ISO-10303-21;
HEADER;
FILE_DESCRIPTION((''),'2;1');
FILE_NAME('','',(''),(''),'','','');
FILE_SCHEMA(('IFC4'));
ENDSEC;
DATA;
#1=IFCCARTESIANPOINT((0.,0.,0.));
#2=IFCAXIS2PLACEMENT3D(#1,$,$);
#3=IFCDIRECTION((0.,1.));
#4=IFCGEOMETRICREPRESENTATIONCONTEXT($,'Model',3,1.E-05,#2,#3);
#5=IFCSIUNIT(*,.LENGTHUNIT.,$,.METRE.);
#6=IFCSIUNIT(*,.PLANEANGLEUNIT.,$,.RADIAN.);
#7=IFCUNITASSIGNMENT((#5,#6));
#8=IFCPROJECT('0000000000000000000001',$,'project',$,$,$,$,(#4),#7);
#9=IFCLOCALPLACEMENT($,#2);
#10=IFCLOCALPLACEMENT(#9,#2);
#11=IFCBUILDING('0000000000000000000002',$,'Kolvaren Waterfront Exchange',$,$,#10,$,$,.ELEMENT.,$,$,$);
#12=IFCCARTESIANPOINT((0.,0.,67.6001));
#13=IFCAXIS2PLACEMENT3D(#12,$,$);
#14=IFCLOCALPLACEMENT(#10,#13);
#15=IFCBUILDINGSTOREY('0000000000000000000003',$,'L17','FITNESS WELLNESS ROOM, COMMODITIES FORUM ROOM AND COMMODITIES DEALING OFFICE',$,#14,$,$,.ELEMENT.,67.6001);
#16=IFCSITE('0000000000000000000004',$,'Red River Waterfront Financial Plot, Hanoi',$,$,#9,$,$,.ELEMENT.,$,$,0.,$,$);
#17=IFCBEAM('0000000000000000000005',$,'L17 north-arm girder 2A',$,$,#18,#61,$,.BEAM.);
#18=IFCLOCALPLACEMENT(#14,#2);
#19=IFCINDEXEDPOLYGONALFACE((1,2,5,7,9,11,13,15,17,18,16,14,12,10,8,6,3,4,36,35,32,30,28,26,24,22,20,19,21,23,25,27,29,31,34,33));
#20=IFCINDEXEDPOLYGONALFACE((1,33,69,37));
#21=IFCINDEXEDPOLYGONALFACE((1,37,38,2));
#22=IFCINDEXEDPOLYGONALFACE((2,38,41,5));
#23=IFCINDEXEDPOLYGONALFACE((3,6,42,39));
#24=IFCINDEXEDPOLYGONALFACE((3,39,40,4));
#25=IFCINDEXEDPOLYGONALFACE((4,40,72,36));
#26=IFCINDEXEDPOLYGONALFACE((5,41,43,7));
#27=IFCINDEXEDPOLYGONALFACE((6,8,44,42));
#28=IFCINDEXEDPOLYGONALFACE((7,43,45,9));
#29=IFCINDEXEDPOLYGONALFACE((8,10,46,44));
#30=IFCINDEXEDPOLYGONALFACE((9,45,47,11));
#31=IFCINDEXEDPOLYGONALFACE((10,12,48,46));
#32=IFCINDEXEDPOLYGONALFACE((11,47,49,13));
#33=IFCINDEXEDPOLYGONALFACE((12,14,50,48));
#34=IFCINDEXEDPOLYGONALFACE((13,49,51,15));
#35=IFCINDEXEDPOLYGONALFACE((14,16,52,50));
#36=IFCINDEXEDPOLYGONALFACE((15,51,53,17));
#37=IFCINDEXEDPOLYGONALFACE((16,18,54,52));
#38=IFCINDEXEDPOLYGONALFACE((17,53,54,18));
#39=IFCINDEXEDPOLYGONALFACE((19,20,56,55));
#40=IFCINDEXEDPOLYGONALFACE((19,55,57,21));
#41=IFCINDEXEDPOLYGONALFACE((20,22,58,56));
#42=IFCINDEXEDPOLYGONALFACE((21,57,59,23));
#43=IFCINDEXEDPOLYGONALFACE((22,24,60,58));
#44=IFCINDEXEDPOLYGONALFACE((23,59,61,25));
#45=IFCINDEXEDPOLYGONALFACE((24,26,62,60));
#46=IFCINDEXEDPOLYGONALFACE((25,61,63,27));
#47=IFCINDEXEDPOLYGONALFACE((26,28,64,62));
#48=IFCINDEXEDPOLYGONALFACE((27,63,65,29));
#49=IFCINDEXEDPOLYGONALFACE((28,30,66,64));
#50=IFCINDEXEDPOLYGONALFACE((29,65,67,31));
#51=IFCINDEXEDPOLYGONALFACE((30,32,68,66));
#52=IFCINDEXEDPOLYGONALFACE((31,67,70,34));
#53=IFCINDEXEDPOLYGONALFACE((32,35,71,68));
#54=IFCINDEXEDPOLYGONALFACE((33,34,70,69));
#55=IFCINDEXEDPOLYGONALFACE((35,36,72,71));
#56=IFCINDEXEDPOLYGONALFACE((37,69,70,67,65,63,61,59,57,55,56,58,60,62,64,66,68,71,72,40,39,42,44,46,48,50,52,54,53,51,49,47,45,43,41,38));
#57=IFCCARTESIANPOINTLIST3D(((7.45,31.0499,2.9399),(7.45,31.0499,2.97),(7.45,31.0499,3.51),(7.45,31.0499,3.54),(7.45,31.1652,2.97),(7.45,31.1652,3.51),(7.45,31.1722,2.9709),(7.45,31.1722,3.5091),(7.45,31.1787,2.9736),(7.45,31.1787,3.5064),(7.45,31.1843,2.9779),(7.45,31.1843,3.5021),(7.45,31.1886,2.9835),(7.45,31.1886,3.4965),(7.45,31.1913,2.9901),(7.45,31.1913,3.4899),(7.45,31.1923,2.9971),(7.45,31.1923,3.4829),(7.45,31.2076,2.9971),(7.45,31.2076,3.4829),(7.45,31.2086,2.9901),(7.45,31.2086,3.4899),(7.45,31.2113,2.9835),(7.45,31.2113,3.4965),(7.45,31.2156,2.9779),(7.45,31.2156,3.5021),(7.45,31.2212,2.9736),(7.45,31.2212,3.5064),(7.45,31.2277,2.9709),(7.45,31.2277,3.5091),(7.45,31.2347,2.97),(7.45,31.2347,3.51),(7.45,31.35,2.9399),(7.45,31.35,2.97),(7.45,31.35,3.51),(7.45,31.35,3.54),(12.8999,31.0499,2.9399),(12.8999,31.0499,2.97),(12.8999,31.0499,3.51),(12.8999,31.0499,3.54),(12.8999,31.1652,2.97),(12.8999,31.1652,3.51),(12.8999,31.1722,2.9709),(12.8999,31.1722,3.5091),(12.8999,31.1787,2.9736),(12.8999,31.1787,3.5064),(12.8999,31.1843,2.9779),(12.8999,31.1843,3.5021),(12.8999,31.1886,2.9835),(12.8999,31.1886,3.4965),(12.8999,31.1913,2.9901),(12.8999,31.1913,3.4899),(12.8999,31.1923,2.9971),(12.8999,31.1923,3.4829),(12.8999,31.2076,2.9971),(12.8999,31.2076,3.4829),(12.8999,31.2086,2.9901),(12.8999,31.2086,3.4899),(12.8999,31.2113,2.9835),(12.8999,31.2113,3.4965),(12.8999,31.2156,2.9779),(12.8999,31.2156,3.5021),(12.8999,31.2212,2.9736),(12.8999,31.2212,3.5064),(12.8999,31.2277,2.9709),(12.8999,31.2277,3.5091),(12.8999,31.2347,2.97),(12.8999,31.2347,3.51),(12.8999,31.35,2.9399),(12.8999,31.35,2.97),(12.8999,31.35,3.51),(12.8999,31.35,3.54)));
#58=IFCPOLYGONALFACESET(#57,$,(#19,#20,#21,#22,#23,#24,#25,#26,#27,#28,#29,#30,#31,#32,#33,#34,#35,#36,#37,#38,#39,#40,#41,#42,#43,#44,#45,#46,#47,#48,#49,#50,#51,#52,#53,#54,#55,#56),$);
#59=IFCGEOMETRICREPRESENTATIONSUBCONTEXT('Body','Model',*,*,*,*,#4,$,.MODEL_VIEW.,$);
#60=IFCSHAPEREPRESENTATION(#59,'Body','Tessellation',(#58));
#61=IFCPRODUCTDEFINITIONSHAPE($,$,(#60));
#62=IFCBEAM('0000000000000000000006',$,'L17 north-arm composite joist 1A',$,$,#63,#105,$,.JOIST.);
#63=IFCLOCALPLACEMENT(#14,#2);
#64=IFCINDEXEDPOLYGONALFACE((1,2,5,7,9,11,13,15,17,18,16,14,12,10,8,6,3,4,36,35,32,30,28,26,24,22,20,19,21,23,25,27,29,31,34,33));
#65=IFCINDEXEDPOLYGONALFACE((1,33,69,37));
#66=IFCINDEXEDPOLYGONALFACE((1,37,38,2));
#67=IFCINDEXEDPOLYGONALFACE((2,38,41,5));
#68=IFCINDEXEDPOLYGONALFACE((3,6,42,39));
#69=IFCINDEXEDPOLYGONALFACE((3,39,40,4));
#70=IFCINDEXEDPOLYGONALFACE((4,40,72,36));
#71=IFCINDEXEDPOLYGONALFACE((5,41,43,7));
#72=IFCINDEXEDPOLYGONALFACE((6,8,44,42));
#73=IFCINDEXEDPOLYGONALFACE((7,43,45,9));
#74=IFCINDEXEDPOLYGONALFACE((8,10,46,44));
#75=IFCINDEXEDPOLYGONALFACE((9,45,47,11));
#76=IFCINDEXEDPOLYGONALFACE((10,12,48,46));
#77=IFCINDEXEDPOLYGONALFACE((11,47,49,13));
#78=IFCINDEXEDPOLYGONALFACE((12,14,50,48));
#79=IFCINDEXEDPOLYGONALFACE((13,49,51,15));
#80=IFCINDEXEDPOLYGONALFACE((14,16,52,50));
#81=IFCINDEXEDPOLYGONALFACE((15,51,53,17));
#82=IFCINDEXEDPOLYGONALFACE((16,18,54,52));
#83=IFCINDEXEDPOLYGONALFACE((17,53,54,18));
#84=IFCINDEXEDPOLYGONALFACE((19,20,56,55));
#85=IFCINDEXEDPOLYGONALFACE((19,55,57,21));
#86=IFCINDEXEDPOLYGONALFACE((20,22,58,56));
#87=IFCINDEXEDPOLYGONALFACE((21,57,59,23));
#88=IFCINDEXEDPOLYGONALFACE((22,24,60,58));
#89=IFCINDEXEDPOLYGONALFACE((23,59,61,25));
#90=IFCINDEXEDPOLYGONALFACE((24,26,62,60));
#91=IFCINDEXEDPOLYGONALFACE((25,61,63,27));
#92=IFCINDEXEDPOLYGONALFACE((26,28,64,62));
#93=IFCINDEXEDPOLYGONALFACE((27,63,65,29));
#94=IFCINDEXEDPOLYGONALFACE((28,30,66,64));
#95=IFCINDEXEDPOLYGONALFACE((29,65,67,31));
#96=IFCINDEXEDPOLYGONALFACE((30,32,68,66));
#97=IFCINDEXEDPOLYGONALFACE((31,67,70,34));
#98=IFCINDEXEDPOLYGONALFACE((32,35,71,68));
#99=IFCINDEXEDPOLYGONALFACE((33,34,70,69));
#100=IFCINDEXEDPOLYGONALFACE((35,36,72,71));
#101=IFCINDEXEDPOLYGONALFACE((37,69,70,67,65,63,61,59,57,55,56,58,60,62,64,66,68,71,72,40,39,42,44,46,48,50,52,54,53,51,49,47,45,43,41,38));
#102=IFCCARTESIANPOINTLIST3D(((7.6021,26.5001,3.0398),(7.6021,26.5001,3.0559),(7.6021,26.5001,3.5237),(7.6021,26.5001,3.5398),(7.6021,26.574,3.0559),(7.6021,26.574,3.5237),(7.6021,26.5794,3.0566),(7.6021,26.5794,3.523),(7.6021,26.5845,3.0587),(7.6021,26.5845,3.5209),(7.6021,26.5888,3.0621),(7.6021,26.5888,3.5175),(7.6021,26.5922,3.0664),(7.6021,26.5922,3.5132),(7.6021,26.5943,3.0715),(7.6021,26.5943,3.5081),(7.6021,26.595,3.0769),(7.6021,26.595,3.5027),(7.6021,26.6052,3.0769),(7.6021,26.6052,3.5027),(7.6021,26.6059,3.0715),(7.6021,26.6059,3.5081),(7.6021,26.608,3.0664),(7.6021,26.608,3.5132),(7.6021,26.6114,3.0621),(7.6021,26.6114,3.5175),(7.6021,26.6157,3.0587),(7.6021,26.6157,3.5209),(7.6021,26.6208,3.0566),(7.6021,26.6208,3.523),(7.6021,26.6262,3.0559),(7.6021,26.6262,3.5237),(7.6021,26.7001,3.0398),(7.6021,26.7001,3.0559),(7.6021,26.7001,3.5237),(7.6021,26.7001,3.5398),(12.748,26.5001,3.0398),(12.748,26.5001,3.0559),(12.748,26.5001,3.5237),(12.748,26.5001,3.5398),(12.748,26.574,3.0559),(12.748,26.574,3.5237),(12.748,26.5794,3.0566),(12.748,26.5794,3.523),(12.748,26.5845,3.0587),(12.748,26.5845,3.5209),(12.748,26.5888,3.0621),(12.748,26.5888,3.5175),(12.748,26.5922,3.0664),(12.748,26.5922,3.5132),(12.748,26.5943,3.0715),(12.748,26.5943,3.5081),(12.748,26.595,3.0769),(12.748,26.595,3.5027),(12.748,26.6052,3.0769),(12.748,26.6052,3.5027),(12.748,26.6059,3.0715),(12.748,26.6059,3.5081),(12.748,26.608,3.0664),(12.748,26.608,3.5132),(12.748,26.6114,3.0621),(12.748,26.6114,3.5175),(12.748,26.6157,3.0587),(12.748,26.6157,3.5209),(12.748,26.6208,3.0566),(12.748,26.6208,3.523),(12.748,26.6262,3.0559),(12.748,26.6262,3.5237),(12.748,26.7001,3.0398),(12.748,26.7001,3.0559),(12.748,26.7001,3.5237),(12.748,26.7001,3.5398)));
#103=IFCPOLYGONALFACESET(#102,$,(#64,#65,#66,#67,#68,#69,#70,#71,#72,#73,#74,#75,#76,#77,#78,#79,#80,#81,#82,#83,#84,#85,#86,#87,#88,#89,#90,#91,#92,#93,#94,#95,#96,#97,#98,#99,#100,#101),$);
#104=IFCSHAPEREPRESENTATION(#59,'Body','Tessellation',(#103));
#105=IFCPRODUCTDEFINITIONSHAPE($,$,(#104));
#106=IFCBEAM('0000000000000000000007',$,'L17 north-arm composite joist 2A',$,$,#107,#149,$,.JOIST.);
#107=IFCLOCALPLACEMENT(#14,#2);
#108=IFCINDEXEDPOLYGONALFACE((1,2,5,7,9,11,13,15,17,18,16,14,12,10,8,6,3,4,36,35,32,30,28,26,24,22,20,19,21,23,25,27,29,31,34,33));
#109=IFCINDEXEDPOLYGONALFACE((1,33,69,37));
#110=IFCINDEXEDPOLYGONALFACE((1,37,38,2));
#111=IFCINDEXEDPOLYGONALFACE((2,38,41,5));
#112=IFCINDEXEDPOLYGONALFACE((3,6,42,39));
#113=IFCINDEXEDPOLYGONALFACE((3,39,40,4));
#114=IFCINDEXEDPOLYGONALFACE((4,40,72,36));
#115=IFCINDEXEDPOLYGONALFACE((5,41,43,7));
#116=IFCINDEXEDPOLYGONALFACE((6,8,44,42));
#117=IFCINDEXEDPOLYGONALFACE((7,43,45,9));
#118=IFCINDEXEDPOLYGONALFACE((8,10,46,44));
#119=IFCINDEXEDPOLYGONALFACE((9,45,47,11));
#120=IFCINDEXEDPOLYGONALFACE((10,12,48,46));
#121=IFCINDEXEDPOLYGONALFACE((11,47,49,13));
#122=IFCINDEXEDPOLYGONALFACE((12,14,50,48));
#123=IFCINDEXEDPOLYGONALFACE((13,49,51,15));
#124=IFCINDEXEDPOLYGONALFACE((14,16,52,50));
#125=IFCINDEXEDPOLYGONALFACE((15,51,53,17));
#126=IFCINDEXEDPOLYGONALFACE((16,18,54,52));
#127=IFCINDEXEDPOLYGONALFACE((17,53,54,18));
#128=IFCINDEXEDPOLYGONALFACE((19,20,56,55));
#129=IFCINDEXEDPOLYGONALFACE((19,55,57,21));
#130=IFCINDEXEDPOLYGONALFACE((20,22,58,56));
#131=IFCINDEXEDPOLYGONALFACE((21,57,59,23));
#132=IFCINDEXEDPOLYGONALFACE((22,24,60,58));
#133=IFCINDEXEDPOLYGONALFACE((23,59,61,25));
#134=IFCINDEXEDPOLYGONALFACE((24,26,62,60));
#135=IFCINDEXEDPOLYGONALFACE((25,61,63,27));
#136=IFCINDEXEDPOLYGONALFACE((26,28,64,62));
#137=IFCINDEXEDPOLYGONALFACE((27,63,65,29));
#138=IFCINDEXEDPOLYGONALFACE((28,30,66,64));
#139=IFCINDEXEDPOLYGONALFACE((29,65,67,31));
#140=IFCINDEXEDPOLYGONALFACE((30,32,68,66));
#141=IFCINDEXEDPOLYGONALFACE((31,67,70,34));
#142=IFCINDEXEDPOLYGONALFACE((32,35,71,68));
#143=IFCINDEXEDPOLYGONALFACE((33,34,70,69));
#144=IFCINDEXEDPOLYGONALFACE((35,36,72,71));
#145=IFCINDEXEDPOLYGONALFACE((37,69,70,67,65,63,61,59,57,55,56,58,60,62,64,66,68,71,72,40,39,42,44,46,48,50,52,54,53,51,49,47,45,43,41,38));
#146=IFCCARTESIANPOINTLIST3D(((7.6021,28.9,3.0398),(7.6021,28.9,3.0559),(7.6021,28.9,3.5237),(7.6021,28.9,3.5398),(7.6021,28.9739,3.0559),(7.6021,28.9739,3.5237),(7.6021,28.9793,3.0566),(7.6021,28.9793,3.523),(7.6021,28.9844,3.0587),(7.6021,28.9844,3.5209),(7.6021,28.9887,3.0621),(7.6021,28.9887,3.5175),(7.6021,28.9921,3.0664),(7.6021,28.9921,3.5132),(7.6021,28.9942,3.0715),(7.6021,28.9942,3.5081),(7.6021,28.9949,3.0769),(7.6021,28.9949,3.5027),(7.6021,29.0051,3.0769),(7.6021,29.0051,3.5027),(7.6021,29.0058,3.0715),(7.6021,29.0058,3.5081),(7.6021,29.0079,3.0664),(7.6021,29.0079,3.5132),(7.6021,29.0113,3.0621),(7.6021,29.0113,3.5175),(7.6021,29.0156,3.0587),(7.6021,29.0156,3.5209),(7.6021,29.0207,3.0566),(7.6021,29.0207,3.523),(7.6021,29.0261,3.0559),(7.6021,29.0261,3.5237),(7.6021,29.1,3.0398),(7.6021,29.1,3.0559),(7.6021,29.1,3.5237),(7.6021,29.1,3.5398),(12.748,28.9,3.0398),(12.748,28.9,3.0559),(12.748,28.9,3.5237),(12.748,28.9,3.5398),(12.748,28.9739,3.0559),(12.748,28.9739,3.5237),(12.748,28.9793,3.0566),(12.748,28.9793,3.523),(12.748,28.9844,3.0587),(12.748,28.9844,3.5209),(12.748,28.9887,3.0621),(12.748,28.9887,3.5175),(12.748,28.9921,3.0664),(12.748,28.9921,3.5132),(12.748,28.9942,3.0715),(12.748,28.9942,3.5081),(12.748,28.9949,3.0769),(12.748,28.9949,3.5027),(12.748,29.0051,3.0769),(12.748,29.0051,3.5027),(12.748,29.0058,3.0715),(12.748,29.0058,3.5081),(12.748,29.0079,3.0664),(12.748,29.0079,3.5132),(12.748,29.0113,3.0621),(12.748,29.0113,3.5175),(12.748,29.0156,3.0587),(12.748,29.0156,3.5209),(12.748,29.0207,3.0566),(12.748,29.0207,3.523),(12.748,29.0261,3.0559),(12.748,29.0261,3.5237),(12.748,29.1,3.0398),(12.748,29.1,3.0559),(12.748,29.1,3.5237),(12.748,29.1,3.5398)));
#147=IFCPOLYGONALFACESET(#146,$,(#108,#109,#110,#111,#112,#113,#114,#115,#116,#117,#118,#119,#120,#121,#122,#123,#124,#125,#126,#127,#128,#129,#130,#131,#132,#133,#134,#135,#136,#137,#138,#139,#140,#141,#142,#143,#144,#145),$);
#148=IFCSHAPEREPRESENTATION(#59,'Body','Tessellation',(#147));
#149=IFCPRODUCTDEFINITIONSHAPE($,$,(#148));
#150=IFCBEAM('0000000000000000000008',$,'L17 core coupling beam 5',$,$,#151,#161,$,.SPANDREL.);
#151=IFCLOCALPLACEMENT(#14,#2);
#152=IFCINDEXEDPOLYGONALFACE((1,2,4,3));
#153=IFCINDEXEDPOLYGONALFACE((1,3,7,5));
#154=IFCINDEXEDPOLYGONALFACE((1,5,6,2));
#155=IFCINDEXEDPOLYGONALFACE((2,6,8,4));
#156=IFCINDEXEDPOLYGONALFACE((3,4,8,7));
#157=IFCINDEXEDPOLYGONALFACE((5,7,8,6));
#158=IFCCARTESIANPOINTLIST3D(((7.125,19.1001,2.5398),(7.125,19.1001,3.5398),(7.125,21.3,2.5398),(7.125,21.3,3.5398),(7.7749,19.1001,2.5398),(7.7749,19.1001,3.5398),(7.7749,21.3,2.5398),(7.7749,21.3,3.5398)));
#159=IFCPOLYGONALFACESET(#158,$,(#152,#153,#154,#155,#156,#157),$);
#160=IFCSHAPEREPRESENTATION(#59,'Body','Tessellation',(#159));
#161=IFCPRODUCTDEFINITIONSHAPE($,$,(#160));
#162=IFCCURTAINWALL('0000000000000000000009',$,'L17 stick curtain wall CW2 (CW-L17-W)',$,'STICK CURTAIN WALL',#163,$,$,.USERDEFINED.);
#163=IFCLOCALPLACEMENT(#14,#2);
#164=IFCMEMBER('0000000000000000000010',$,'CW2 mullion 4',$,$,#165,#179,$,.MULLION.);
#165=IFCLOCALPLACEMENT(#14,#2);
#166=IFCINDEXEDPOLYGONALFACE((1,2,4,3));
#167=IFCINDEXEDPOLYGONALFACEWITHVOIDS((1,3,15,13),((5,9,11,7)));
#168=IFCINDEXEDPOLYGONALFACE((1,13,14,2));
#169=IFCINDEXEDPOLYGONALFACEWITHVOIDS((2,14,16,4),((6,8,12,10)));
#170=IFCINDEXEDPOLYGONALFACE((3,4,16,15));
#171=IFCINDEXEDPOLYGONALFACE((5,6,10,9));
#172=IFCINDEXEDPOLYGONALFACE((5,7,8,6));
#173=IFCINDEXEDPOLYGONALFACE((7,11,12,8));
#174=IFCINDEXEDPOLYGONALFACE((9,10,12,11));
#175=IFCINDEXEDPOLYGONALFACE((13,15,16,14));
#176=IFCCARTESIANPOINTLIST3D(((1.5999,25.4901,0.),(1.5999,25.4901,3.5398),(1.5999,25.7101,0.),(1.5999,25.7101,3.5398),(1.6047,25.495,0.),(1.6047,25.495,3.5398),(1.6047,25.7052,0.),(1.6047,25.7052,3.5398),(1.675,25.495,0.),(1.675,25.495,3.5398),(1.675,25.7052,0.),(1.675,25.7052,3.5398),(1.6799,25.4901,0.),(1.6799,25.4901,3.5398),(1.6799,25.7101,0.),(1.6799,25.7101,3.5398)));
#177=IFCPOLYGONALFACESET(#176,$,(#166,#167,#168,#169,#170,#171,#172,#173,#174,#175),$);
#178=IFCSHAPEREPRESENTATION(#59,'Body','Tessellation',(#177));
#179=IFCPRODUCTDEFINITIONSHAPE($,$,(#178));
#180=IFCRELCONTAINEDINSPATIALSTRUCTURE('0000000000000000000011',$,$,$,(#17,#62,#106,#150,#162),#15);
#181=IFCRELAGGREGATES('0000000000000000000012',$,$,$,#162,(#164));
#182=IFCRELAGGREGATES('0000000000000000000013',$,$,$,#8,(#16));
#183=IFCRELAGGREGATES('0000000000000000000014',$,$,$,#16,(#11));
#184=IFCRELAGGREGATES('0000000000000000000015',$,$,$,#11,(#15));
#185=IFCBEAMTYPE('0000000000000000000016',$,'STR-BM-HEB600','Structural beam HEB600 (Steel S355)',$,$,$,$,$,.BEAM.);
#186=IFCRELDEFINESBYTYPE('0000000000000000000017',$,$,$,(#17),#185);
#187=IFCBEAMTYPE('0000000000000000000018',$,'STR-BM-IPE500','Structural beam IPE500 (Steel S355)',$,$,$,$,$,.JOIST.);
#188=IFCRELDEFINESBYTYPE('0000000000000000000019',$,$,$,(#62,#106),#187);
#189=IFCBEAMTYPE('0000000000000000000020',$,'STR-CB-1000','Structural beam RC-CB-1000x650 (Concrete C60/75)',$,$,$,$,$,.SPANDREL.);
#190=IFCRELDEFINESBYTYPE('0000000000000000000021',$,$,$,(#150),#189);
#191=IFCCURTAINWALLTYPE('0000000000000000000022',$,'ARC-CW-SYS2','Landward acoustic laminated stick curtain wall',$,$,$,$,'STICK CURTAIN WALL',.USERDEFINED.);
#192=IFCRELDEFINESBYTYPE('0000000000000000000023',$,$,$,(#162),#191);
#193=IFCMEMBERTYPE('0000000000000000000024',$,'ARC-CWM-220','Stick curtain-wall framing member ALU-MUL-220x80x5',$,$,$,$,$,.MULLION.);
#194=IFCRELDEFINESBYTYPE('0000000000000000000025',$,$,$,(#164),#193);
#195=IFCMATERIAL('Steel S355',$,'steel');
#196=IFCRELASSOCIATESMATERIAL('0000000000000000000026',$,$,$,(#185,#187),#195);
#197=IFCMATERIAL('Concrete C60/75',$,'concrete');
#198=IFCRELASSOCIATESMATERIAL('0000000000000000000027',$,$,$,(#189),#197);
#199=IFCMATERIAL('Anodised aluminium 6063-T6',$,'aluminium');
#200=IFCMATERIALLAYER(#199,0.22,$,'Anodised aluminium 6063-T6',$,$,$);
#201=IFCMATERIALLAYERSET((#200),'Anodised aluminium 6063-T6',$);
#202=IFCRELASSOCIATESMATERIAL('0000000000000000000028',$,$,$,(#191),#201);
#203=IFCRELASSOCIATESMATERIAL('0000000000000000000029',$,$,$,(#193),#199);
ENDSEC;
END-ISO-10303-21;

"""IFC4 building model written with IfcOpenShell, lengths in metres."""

from ifc_helpers import new_model, si_unit, direction, frame, origin, origin_with_axes, origin_2d, place, context, subcontext, project, spatial, rectangle, hollow_rectangle, i_section, extrude, source, transform, mapped, material, layer, layer_set, material_profile, profile_set, type_object, element, aggregate, save


model = new_model("IFC4")

# Units and contexts
model_context = context("Model", 3, precision=1e-05, world=origin(), true_north=direction((0.0, 1.0)))
body_context = subcontext(model_context, "Body", "Model", "MODEL_VIEW")
ifc_project = project(units=[si_unit("LENGTHUNIT", "METRE"), si_unit("PLANEANGLEUNIT", "RADIAN")], contexts=[model_context])

# Site, building, storey
site_placement = place(None, origin())
site = spatial("IfcSite", under=ifc_project, at=site_placement, Name="Red River Waterfront Financial Plot, Hanoi", CompositionType="ELEMENT", RefElevation=0.0)
building_placement = place(site_placement, origin())
building = spatial("IfcBuilding", under=site, at=building_placement, Name="Kolvaren Waterfront Exchange", CompositionType="ELEMENT")
storey_placement = place(building_placement, frame((0.0, 0.0, 67.6001)))
storey = spatial("IfcBuildingStorey", under=building, at=storey_placement, Name="L17", Description="FITNESS WELLNESS ROOM, COMMODITIES FORUM ROOM AND COMMODITIES DEALING OFFICE", CompositionType="ELEMENT", Elevation=67.6001)

# Beams
ifc_material_1 = material(Name="Steel S355", Category="steel")
ifc_material_profile_1 = material_profile(ifc_material_1, i_section(OverallWidth=0.3, OverallDepth=0.6001, WebThickness=0.0154, FlangeThickness=0.03, FilletRadius=0.0271, at=origin_2d()), Name="HEB600")
ifc_profile_set_1 = profile_set([ifc_material_profile_1], Name="Steel S355")
beam_type_1 = type_object("IfcBeamType", Name="STR-BM-HEB600", Description="Structural beam HEB600 (Steel S355)", PredefinedType="BEAM", material=ifc_profile_set_1)
for number, where, z_axis, x_axis, name in (
    (1, (7.45, 31.2, 3.24), (1.0, 0.0, 0.0), (0.0, 1.0, 0.0), "L17 north-arm girder 2A"),
):
    element("IfcBeam", number, at=place(storey_placement, frame(where, z_axis=z_axis, x_axis=x_axis)), inside=storey, type_object=beam_type_1, Name=name, PredefinedType="BEAM", context=body_context, shape_type="SweptSolid", body=[
        extrude(i_section(OverallWidth=0.3, OverallDepth=0.6001, WebThickness=0.0154, FlangeThickness=0.03, FilletRadius=0.0271, at=origin_2d()), origin(), (0.0, 0.0, 1.0), 5.45),
    ])
ifc_material_profile_2 = material_profile(ifc_material_1, i_section(OverallWidth=0.2, OverallDepth=0.5, WebThickness=0.0103, FlangeThickness=0.0161, FilletRadius=0.021, at=origin_2d()), Name="IPE500")
ifc_profile_set_2 = profile_set([ifc_material_profile_2], Name="Steel S355")
beam_type_2 = type_object("IfcBeamType", Name="STR-BM-IPE500", Description="Structural beam IPE500 (Steel S355)", PredefinedType="JOIST", material=ifc_profile_set_2)
for number, where, z_axis, x_axis, name in (
    (2, (7.6021, 26.6001, 3.2898), (1.0, 0.0, 0.0), (0.0, 1.0, 0.0), "L17 north-arm composite joist 1A"),
    (3, (7.6021, 29.0, 3.2898), (1.0, 0.0, 0.0), (0.0, 1.0, 0.0), "L17 north-arm composite joist 2A"),
):
    element("IfcBeam", number, at=place(storey_placement, frame(where, z_axis=z_axis, x_axis=x_axis)), inside=storey, type_object=beam_type_2, Name=name, PredefinedType="JOIST", context=body_context, shape_type="SweptSolid", body=[
        extrude(i_section(OverallWidth=0.2, OverallDepth=0.5, WebThickness=0.0103, FlangeThickness=0.0161, FilletRadius=0.021, at=origin_2d()), origin(), (0.0, 0.0, 1.0), 5.146),
    ])
ifc_material_2 = material(Name="Concrete C60/75", Category="concrete")
ifc_material_profile_3 = material_profile(ifc_material_2, rectangle(XDim=0.6499, YDim=1.0, at=origin_2d()), Name="RC-CB-1000x650")
ifc_profile_set_3 = profile_set([ifc_material_profile_3], Name="Concrete C60/75")
beam_type_3 = type_object("IfcBeamType", Name="STR-CB-1000", Description="Structural beam RC-CB-1000x650 (Concrete C60/75)", PredefinedType="SPANDREL", material=ifc_profile_set_3)
beam_1_placement = place(storey_placement, frame((7.45, 19.1001, 3.0398), z_axis=(0.0, 1.0, 0.0), x_axis=(-1.0, 0.0, 0.0)))
element("IfcBeam", 4, at=beam_1_placement, inside=storey, type_object=beam_type_3, Name="L17 core coupling beam 5", PredefinedType="SPANDREL", context=body_context, shape_type="SweptSolid", body=[
    extrude(rectangle(XDim=0.6499, YDim=1.0, at=origin_2d()), origin(), (0.0, 0.0, 1.0), 2.2),
])

# Curtain wall, member
ifc_material_3 = material(Name="Anodised aluminium 6063-T6", Category="aluminium")
ifc_layer_1 = layer(ifc_material_3, 0.22, Name="Anodised aluminium 6063-T6")
ifc_layer_set_1 = layer_set([ifc_layer_1], Name="Anodised aluminium 6063-T6")
curtain_wall_type = type_object("IfcCurtainWallType", Name="ARC-CW-SYS2", Description="Landward acoustic laminated stick curtain wall", ElementType="STICK CURTAIN WALL", PredefinedType="USERDEFINED", material=ifc_layer_set_1)
curtain_wall_placement = place(storey_placement, origin())
curtain_wall = element("IfcCurtainWall", 5, at=curtain_wall_placement, inside=storey, type_object=curtain_wall_type, Name="L17 stick curtain wall CW2 (CW-L17-W)", ObjectType="STICK CURTAIN WALL", PredefinedType="USERDEFINED")
ifc_material_profile_4 = material_profile(ifc_material_3, hollow_rectangle(XDim=0.0801, YDim=0.22, WallThickness=0.0049, at=origin_2d()), Name="ALU-MUL-220x80x5")
ifc_profile_set_4 = profile_set([ifc_material_profile_4], Name="Anodised aluminium 6063-T6")
member_type_1 = type_object("IfcMemberType", Name="ARC-CWM-220", Description="Stick curtain-wall framing member ALU-MUL-220x80x5", PredefinedType="MULLION", material=ifc_profile_set_4)
shared_shape_1 = source(origin_with_axes(), body_context, "Body", "SweptSolid", [
    extrude(hollow_rectangle(XDim=0.0801, YDim=0.22, WallThickness=0.0049, at=origin_2d()), origin(), (0.0, 0.0, 1.0), 3.5398),
])
member_1_placement = place(storey_placement, frame((1.6399, 25.6001, 0.0), z_axis=(0.0, 0.0, 1.0), x_axis=(-1.0, 0.0, 0.0)))
member_1 = element("IfcMember", 6, at=member_1_placement, type_object=member_type_1, Name="CW2 mullion 4", PredefinedType="MULLION", context=body_context, shape_type="MappedRepresentation", body=[
    mapped(shared_shape_1, transform((0.0, 0.0, 0.0), x_axis=(1.0, 0.0, 0.0), y_axis=(0.0, 1.0, 0.0), z_axis=(0.0, 0.0, 1.0), scale=1.0)),
])
aggregate(curtain_wall, [member_1])

save(model, "model.ifc")
